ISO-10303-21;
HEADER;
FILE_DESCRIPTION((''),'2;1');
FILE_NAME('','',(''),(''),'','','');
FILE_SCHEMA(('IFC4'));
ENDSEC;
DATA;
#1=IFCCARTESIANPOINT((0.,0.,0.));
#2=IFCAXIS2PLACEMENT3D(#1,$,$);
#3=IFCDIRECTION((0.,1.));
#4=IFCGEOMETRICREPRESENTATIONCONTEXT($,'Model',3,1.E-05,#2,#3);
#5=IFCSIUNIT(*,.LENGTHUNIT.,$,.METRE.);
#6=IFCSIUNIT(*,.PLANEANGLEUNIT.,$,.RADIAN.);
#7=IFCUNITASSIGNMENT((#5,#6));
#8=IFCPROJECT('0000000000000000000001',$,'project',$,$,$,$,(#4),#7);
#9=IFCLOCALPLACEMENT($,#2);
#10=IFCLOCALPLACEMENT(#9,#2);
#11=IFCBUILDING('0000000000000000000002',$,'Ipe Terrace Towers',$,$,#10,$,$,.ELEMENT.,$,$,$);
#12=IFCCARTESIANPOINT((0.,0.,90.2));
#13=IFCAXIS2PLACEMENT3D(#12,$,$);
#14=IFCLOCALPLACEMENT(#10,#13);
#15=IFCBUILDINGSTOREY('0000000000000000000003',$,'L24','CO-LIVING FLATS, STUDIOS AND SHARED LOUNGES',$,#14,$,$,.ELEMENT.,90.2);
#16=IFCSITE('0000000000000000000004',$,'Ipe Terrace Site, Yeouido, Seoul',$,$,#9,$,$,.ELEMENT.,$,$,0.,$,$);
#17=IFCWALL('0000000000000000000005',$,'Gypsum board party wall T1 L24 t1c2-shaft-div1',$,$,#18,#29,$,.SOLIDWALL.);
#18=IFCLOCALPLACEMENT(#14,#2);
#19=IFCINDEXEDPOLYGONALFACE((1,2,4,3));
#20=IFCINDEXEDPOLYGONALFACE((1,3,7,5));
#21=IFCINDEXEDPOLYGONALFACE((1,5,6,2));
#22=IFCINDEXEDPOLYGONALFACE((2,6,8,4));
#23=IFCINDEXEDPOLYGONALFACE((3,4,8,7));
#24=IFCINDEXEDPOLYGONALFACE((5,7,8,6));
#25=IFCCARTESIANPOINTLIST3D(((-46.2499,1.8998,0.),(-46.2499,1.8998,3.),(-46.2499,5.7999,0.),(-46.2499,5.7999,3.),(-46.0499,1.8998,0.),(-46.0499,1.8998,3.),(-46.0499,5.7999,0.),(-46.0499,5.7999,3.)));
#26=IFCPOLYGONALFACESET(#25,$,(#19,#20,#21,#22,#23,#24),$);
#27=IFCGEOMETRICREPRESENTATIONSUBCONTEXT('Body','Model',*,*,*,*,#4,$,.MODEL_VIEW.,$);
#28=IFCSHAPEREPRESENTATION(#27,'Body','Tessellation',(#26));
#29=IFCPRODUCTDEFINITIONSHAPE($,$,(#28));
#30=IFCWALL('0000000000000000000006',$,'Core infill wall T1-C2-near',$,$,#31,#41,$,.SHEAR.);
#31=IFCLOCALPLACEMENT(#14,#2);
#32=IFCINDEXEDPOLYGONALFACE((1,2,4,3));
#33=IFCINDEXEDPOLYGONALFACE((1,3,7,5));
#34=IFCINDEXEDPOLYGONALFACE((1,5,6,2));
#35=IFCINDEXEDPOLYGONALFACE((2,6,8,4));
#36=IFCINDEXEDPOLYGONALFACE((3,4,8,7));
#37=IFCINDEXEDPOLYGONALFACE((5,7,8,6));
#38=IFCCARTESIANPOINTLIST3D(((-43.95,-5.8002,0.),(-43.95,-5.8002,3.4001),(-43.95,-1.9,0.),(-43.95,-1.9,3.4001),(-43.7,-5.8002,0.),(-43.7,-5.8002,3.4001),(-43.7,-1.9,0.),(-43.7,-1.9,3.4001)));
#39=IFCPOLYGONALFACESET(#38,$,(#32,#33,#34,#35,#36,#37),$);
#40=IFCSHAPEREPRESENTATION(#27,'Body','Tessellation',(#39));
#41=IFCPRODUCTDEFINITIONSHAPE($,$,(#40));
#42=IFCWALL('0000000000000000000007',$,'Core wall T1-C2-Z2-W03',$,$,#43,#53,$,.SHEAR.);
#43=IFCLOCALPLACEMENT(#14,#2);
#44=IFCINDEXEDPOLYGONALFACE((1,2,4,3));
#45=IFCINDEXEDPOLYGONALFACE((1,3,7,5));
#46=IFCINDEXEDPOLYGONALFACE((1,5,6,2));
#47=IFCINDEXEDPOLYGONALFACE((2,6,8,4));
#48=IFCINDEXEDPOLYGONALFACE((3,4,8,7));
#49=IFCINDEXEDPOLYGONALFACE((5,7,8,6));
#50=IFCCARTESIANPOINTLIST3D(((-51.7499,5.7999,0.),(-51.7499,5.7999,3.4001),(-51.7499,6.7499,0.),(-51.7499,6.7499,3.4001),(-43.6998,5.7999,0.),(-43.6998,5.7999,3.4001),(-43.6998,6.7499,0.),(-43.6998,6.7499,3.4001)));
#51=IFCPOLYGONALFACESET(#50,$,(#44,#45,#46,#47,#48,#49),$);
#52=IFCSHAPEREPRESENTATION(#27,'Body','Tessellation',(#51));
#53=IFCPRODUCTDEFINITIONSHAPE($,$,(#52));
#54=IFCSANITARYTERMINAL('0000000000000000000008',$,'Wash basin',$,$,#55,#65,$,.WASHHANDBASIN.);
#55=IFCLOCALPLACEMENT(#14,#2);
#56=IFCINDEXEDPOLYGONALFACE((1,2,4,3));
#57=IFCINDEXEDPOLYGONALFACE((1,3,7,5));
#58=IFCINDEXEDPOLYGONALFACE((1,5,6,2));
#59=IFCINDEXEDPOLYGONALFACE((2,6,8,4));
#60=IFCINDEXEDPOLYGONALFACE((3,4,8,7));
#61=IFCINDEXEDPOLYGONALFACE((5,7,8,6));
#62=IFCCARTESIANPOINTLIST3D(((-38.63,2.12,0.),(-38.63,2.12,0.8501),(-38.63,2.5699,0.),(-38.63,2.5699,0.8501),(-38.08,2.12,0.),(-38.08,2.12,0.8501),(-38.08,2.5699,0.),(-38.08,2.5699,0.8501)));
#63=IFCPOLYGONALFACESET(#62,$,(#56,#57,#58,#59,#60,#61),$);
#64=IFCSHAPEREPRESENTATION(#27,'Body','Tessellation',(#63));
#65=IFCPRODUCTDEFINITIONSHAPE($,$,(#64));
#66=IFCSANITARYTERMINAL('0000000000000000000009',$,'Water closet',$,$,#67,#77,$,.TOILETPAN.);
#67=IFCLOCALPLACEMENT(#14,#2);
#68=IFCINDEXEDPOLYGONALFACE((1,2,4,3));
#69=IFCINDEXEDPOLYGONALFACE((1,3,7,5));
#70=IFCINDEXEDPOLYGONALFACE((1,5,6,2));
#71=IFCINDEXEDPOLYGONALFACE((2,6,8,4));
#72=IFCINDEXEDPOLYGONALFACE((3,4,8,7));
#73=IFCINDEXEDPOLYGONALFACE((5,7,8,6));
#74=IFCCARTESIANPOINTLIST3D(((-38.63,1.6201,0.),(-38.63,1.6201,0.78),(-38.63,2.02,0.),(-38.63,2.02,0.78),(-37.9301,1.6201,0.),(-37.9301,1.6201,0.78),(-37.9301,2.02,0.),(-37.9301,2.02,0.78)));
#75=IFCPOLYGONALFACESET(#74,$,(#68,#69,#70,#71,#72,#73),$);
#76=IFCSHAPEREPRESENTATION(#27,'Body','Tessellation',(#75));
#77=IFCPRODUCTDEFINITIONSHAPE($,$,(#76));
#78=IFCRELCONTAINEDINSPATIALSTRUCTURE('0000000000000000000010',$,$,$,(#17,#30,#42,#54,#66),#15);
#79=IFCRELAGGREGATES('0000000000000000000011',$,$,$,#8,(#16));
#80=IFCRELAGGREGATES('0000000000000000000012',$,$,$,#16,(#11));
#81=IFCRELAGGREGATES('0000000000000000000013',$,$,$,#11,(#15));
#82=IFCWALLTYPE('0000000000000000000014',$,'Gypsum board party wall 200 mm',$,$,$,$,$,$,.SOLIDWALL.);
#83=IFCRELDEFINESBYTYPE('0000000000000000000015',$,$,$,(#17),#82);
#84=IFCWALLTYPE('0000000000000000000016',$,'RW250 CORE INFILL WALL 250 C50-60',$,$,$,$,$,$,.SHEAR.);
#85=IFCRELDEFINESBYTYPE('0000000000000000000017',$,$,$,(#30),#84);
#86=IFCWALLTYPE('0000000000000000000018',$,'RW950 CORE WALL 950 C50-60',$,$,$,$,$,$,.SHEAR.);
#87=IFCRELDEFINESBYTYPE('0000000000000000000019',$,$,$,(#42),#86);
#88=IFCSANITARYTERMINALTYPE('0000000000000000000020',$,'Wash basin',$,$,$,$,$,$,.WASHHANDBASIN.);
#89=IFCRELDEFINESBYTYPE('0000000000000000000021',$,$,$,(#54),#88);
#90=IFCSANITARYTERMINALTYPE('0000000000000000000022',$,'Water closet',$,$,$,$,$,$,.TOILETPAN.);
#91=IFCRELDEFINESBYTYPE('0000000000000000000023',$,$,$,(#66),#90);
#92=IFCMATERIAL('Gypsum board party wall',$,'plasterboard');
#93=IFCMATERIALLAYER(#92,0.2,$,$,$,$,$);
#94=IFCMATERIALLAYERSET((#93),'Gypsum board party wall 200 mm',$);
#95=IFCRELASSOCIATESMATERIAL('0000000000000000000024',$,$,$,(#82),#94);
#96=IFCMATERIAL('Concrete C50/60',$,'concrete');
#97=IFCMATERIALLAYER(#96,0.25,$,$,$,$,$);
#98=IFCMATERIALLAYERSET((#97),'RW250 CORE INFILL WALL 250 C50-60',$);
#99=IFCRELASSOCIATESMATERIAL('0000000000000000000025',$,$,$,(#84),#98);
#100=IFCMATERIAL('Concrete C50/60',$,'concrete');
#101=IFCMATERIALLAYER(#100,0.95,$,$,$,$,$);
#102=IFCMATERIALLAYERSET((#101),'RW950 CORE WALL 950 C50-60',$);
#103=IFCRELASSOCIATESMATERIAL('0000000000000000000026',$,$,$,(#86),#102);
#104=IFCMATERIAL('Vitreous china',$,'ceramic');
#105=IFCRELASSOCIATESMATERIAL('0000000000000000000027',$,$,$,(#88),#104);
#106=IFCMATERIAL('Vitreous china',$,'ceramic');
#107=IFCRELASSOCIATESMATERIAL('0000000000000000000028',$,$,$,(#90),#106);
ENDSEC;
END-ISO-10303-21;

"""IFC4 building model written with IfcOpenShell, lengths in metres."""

from ifc_helpers import new_model, si_unit, direction, frame, frame_2d, origin, origin_2d, place, context, subcontext, project, spatial, rectangle, extrude, material, layer, layer_set, type_object, element, save


model = new_model("IFC4")

# Units and contexts
model_context = context("Model", 3, precision=1e-05, world=origin(), true_north=direction((0.0, 1.0)))
body_context = subcontext(model_context, "Body", "Model", "MODEL_VIEW")
ifc_project = project(units=[si_unit("LENGTHUNIT", "METRE"), si_unit("PLANEANGLEUNIT", "RADIAN")], contexts=[model_context])

# Site, building, storey
site_placement = place(None, origin())
site = spatial("IfcSite", under=ifc_project, at=site_placement, Name="Ipe Terrace Site, Yeouido, Seoul", CompositionType="ELEMENT", RefElevation=0.0)
building_placement = place(site_placement, origin())
building = spatial("IfcBuilding", under=site, at=building_placement, Name="Ipe Terrace Towers", CompositionType="ELEMENT")
storey_placement = place(building_placement, frame((0.0, 0.0, 90.2)))
storey = spatial("IfcBuildingStorey", under=building, at=storey_placement, Name="L24", Description="CO-LIVING FLATS, STUDIOS AND SHARED LOUNGES", CompositionType="ELEMENT", Elevation=90.2)

# Walls
ifc_material_1 = material(Name="Gypsum board party wall", Category="plasterboard")
ifc_layer_1 = layer(ifc_material_1, 0.2)
ifc_layer_set_1 = layer_set([ifc_layer_1], Name="Gypsum board party wall 200 mm")
wall_type_1 = type_object("IfcWallType", Name="Gypsum board party wall 200 mm", PredefinedType="SOLIDWALL", material=ifc_layer_set_1)
wall_1_placement = place(storey_placement, frame((-46.1499, 5.8, 0.0), z_axis=(0.0, 0.0, 1.0), x_axis=(0.0, -1.0, 0.0)))
element("IfcWall", 1, at=wall_1_placement, inside=storey, type_object=wall_type_1, Name="Gypsum board party wall T1 L24 t1c2-shaft-div1", PredefinedType="SOLIDWALL", context=body_context, shape_type="SweptSolid", body=[
    extrude(rectangle(XDim=3.9001, YDim=0.2, at=frame_2d((1.9502, 0.0))), origin(), (0.0, 0.0, 1.0), 3.0),
])
ifc_material_2 = material(Name="Concrete C50/60", Category="concrete")
ifc_layer_2 = layer(ifc_material_2, 0.25)
ifc_layer_set_2 = layer_set([ifc_layer_2], Name="RW250 CORE INFILL WALL 250 C50-60")
wall_type_2 = type_object("IfcWallType", Name="RW250 CORE INFILL WALL 250 C50-60", PredefinedType="SHEAR", material=ifc_layer_set_2)
wall_2_placement = place(storey_placement, frame((-43.825, -1.8999, 0.0), z_axis=(0.0, 0.0, 1.0), x_axis=(0.0, -1.0, 0.0)))
element("IfcWall", 2, at=wall_2_placement, inside=storey, type_object=wall_type_2, Name="Core infill wall T1-C2-near", PredefinedType="SHEAR", context=body_context, shape_type="SweptSolid", body=[
    extrude(rectangle(XDim=3.9001, YDim=0.25, at=frame_2d((1.9502, 0.0))), origin(), (0.0, 0.0, 1.0), 3.4001),
])
ifc_material_3 = material(Name="Concrete C50/60", Category="concrete")
ifc_layer_3 = layer(ifc_material_3, 0.95)
ifc_layer_set_3 = layer_set([ifc_layer_3], Name="RW950 CORE WALL 950 C50-60")
wall_type_3 = type_object("IfcWallType", Name="RW950 CORE WALL 950 C50-60", PredefinedType="SHEAR", material=ifc_layer_set_3)
wall_3_placement = place(storey_placement, frame((-43.7, 6.2749, 0.0), z_axis=(0.0, 0.0, 1.0), x_axis=(-1.0, 0.0, 0.0)))
element("IfcWall", 3, at=wall_3_placement, inside=storey, type_object=wall_type_3, Name="Core wall T1-C2-Z2-W03", PredefinedType="SHEAR", context=body_context, shape_type="SweptSolid", body=[
    extrude(rectangle(XDim=8.05, YDim=0.95, at=frame_2d((4.0249, 0.0))), origin(), (0.0, 0.0, 1.0), 3.4001),
])

# Sanitary terminals
ifc_material_4 = material(Name="Vitreous china", Category="ceramic")
sanitary_terminal_type_1 = type_object("IfcSanitaryTerminalType", Name="Wash basin", PredefinedType="WASHHANDBASIN", material=ifc_material_4)
sanitary_terminal_1_placement = place(storey_placement, frame((-38.355, 2.345, 0.0), z_axis=(0.0, 0.0, 1.0), x_axis=(1.0, 0.0, 0.0)))
element("IfcSanitaryTerminal", 4, at=sanitary_terminal_1_placement, inside=storey, type_object=sanitary_terminal_type_1, Name="Wash basin", PredefinedType="WASHHANDBASIN", context=body_context, shape_type="SweptSolid", body=[
    extrude(rectangle(XDim=0.55, YDim=0.45, at=origin_2d()), origin(), (0.0, 0.0, 1.0), 0.8501),
])
ifc_material_5 = material(Name="Vitreous china", Category="ceramic")
sanitary_terminal_type_2 = type_object("IfcSanitaryTerminalType", Name="Water closet", PredefinedType="TOILETPAN", material=ifc_material_5)
sanitary_terminal_2_placement = place(storey_placement, frame((-38.28, 1.8201, 0.0), z_axis=(0.0, 0.0, 1.0), x_axis=(1.0, 0.0, 0.0)))
element("IfcSanitaryTerminal", 5, at=sanitary_terminal_2_placement, inside=storey, type_object=sanitary_terminal_type_2, Name="Water closet", PredefinedType="TOILETPAN", context=body_context, shape_type="SweptSolid", body=[
    extrude(rectangle(XDim=0.7, YDim=0.3999, at=origin_2d()), origin(), (0.0, 0.0, 1.0), 0.78),
])

save(model, "model.ifc")
